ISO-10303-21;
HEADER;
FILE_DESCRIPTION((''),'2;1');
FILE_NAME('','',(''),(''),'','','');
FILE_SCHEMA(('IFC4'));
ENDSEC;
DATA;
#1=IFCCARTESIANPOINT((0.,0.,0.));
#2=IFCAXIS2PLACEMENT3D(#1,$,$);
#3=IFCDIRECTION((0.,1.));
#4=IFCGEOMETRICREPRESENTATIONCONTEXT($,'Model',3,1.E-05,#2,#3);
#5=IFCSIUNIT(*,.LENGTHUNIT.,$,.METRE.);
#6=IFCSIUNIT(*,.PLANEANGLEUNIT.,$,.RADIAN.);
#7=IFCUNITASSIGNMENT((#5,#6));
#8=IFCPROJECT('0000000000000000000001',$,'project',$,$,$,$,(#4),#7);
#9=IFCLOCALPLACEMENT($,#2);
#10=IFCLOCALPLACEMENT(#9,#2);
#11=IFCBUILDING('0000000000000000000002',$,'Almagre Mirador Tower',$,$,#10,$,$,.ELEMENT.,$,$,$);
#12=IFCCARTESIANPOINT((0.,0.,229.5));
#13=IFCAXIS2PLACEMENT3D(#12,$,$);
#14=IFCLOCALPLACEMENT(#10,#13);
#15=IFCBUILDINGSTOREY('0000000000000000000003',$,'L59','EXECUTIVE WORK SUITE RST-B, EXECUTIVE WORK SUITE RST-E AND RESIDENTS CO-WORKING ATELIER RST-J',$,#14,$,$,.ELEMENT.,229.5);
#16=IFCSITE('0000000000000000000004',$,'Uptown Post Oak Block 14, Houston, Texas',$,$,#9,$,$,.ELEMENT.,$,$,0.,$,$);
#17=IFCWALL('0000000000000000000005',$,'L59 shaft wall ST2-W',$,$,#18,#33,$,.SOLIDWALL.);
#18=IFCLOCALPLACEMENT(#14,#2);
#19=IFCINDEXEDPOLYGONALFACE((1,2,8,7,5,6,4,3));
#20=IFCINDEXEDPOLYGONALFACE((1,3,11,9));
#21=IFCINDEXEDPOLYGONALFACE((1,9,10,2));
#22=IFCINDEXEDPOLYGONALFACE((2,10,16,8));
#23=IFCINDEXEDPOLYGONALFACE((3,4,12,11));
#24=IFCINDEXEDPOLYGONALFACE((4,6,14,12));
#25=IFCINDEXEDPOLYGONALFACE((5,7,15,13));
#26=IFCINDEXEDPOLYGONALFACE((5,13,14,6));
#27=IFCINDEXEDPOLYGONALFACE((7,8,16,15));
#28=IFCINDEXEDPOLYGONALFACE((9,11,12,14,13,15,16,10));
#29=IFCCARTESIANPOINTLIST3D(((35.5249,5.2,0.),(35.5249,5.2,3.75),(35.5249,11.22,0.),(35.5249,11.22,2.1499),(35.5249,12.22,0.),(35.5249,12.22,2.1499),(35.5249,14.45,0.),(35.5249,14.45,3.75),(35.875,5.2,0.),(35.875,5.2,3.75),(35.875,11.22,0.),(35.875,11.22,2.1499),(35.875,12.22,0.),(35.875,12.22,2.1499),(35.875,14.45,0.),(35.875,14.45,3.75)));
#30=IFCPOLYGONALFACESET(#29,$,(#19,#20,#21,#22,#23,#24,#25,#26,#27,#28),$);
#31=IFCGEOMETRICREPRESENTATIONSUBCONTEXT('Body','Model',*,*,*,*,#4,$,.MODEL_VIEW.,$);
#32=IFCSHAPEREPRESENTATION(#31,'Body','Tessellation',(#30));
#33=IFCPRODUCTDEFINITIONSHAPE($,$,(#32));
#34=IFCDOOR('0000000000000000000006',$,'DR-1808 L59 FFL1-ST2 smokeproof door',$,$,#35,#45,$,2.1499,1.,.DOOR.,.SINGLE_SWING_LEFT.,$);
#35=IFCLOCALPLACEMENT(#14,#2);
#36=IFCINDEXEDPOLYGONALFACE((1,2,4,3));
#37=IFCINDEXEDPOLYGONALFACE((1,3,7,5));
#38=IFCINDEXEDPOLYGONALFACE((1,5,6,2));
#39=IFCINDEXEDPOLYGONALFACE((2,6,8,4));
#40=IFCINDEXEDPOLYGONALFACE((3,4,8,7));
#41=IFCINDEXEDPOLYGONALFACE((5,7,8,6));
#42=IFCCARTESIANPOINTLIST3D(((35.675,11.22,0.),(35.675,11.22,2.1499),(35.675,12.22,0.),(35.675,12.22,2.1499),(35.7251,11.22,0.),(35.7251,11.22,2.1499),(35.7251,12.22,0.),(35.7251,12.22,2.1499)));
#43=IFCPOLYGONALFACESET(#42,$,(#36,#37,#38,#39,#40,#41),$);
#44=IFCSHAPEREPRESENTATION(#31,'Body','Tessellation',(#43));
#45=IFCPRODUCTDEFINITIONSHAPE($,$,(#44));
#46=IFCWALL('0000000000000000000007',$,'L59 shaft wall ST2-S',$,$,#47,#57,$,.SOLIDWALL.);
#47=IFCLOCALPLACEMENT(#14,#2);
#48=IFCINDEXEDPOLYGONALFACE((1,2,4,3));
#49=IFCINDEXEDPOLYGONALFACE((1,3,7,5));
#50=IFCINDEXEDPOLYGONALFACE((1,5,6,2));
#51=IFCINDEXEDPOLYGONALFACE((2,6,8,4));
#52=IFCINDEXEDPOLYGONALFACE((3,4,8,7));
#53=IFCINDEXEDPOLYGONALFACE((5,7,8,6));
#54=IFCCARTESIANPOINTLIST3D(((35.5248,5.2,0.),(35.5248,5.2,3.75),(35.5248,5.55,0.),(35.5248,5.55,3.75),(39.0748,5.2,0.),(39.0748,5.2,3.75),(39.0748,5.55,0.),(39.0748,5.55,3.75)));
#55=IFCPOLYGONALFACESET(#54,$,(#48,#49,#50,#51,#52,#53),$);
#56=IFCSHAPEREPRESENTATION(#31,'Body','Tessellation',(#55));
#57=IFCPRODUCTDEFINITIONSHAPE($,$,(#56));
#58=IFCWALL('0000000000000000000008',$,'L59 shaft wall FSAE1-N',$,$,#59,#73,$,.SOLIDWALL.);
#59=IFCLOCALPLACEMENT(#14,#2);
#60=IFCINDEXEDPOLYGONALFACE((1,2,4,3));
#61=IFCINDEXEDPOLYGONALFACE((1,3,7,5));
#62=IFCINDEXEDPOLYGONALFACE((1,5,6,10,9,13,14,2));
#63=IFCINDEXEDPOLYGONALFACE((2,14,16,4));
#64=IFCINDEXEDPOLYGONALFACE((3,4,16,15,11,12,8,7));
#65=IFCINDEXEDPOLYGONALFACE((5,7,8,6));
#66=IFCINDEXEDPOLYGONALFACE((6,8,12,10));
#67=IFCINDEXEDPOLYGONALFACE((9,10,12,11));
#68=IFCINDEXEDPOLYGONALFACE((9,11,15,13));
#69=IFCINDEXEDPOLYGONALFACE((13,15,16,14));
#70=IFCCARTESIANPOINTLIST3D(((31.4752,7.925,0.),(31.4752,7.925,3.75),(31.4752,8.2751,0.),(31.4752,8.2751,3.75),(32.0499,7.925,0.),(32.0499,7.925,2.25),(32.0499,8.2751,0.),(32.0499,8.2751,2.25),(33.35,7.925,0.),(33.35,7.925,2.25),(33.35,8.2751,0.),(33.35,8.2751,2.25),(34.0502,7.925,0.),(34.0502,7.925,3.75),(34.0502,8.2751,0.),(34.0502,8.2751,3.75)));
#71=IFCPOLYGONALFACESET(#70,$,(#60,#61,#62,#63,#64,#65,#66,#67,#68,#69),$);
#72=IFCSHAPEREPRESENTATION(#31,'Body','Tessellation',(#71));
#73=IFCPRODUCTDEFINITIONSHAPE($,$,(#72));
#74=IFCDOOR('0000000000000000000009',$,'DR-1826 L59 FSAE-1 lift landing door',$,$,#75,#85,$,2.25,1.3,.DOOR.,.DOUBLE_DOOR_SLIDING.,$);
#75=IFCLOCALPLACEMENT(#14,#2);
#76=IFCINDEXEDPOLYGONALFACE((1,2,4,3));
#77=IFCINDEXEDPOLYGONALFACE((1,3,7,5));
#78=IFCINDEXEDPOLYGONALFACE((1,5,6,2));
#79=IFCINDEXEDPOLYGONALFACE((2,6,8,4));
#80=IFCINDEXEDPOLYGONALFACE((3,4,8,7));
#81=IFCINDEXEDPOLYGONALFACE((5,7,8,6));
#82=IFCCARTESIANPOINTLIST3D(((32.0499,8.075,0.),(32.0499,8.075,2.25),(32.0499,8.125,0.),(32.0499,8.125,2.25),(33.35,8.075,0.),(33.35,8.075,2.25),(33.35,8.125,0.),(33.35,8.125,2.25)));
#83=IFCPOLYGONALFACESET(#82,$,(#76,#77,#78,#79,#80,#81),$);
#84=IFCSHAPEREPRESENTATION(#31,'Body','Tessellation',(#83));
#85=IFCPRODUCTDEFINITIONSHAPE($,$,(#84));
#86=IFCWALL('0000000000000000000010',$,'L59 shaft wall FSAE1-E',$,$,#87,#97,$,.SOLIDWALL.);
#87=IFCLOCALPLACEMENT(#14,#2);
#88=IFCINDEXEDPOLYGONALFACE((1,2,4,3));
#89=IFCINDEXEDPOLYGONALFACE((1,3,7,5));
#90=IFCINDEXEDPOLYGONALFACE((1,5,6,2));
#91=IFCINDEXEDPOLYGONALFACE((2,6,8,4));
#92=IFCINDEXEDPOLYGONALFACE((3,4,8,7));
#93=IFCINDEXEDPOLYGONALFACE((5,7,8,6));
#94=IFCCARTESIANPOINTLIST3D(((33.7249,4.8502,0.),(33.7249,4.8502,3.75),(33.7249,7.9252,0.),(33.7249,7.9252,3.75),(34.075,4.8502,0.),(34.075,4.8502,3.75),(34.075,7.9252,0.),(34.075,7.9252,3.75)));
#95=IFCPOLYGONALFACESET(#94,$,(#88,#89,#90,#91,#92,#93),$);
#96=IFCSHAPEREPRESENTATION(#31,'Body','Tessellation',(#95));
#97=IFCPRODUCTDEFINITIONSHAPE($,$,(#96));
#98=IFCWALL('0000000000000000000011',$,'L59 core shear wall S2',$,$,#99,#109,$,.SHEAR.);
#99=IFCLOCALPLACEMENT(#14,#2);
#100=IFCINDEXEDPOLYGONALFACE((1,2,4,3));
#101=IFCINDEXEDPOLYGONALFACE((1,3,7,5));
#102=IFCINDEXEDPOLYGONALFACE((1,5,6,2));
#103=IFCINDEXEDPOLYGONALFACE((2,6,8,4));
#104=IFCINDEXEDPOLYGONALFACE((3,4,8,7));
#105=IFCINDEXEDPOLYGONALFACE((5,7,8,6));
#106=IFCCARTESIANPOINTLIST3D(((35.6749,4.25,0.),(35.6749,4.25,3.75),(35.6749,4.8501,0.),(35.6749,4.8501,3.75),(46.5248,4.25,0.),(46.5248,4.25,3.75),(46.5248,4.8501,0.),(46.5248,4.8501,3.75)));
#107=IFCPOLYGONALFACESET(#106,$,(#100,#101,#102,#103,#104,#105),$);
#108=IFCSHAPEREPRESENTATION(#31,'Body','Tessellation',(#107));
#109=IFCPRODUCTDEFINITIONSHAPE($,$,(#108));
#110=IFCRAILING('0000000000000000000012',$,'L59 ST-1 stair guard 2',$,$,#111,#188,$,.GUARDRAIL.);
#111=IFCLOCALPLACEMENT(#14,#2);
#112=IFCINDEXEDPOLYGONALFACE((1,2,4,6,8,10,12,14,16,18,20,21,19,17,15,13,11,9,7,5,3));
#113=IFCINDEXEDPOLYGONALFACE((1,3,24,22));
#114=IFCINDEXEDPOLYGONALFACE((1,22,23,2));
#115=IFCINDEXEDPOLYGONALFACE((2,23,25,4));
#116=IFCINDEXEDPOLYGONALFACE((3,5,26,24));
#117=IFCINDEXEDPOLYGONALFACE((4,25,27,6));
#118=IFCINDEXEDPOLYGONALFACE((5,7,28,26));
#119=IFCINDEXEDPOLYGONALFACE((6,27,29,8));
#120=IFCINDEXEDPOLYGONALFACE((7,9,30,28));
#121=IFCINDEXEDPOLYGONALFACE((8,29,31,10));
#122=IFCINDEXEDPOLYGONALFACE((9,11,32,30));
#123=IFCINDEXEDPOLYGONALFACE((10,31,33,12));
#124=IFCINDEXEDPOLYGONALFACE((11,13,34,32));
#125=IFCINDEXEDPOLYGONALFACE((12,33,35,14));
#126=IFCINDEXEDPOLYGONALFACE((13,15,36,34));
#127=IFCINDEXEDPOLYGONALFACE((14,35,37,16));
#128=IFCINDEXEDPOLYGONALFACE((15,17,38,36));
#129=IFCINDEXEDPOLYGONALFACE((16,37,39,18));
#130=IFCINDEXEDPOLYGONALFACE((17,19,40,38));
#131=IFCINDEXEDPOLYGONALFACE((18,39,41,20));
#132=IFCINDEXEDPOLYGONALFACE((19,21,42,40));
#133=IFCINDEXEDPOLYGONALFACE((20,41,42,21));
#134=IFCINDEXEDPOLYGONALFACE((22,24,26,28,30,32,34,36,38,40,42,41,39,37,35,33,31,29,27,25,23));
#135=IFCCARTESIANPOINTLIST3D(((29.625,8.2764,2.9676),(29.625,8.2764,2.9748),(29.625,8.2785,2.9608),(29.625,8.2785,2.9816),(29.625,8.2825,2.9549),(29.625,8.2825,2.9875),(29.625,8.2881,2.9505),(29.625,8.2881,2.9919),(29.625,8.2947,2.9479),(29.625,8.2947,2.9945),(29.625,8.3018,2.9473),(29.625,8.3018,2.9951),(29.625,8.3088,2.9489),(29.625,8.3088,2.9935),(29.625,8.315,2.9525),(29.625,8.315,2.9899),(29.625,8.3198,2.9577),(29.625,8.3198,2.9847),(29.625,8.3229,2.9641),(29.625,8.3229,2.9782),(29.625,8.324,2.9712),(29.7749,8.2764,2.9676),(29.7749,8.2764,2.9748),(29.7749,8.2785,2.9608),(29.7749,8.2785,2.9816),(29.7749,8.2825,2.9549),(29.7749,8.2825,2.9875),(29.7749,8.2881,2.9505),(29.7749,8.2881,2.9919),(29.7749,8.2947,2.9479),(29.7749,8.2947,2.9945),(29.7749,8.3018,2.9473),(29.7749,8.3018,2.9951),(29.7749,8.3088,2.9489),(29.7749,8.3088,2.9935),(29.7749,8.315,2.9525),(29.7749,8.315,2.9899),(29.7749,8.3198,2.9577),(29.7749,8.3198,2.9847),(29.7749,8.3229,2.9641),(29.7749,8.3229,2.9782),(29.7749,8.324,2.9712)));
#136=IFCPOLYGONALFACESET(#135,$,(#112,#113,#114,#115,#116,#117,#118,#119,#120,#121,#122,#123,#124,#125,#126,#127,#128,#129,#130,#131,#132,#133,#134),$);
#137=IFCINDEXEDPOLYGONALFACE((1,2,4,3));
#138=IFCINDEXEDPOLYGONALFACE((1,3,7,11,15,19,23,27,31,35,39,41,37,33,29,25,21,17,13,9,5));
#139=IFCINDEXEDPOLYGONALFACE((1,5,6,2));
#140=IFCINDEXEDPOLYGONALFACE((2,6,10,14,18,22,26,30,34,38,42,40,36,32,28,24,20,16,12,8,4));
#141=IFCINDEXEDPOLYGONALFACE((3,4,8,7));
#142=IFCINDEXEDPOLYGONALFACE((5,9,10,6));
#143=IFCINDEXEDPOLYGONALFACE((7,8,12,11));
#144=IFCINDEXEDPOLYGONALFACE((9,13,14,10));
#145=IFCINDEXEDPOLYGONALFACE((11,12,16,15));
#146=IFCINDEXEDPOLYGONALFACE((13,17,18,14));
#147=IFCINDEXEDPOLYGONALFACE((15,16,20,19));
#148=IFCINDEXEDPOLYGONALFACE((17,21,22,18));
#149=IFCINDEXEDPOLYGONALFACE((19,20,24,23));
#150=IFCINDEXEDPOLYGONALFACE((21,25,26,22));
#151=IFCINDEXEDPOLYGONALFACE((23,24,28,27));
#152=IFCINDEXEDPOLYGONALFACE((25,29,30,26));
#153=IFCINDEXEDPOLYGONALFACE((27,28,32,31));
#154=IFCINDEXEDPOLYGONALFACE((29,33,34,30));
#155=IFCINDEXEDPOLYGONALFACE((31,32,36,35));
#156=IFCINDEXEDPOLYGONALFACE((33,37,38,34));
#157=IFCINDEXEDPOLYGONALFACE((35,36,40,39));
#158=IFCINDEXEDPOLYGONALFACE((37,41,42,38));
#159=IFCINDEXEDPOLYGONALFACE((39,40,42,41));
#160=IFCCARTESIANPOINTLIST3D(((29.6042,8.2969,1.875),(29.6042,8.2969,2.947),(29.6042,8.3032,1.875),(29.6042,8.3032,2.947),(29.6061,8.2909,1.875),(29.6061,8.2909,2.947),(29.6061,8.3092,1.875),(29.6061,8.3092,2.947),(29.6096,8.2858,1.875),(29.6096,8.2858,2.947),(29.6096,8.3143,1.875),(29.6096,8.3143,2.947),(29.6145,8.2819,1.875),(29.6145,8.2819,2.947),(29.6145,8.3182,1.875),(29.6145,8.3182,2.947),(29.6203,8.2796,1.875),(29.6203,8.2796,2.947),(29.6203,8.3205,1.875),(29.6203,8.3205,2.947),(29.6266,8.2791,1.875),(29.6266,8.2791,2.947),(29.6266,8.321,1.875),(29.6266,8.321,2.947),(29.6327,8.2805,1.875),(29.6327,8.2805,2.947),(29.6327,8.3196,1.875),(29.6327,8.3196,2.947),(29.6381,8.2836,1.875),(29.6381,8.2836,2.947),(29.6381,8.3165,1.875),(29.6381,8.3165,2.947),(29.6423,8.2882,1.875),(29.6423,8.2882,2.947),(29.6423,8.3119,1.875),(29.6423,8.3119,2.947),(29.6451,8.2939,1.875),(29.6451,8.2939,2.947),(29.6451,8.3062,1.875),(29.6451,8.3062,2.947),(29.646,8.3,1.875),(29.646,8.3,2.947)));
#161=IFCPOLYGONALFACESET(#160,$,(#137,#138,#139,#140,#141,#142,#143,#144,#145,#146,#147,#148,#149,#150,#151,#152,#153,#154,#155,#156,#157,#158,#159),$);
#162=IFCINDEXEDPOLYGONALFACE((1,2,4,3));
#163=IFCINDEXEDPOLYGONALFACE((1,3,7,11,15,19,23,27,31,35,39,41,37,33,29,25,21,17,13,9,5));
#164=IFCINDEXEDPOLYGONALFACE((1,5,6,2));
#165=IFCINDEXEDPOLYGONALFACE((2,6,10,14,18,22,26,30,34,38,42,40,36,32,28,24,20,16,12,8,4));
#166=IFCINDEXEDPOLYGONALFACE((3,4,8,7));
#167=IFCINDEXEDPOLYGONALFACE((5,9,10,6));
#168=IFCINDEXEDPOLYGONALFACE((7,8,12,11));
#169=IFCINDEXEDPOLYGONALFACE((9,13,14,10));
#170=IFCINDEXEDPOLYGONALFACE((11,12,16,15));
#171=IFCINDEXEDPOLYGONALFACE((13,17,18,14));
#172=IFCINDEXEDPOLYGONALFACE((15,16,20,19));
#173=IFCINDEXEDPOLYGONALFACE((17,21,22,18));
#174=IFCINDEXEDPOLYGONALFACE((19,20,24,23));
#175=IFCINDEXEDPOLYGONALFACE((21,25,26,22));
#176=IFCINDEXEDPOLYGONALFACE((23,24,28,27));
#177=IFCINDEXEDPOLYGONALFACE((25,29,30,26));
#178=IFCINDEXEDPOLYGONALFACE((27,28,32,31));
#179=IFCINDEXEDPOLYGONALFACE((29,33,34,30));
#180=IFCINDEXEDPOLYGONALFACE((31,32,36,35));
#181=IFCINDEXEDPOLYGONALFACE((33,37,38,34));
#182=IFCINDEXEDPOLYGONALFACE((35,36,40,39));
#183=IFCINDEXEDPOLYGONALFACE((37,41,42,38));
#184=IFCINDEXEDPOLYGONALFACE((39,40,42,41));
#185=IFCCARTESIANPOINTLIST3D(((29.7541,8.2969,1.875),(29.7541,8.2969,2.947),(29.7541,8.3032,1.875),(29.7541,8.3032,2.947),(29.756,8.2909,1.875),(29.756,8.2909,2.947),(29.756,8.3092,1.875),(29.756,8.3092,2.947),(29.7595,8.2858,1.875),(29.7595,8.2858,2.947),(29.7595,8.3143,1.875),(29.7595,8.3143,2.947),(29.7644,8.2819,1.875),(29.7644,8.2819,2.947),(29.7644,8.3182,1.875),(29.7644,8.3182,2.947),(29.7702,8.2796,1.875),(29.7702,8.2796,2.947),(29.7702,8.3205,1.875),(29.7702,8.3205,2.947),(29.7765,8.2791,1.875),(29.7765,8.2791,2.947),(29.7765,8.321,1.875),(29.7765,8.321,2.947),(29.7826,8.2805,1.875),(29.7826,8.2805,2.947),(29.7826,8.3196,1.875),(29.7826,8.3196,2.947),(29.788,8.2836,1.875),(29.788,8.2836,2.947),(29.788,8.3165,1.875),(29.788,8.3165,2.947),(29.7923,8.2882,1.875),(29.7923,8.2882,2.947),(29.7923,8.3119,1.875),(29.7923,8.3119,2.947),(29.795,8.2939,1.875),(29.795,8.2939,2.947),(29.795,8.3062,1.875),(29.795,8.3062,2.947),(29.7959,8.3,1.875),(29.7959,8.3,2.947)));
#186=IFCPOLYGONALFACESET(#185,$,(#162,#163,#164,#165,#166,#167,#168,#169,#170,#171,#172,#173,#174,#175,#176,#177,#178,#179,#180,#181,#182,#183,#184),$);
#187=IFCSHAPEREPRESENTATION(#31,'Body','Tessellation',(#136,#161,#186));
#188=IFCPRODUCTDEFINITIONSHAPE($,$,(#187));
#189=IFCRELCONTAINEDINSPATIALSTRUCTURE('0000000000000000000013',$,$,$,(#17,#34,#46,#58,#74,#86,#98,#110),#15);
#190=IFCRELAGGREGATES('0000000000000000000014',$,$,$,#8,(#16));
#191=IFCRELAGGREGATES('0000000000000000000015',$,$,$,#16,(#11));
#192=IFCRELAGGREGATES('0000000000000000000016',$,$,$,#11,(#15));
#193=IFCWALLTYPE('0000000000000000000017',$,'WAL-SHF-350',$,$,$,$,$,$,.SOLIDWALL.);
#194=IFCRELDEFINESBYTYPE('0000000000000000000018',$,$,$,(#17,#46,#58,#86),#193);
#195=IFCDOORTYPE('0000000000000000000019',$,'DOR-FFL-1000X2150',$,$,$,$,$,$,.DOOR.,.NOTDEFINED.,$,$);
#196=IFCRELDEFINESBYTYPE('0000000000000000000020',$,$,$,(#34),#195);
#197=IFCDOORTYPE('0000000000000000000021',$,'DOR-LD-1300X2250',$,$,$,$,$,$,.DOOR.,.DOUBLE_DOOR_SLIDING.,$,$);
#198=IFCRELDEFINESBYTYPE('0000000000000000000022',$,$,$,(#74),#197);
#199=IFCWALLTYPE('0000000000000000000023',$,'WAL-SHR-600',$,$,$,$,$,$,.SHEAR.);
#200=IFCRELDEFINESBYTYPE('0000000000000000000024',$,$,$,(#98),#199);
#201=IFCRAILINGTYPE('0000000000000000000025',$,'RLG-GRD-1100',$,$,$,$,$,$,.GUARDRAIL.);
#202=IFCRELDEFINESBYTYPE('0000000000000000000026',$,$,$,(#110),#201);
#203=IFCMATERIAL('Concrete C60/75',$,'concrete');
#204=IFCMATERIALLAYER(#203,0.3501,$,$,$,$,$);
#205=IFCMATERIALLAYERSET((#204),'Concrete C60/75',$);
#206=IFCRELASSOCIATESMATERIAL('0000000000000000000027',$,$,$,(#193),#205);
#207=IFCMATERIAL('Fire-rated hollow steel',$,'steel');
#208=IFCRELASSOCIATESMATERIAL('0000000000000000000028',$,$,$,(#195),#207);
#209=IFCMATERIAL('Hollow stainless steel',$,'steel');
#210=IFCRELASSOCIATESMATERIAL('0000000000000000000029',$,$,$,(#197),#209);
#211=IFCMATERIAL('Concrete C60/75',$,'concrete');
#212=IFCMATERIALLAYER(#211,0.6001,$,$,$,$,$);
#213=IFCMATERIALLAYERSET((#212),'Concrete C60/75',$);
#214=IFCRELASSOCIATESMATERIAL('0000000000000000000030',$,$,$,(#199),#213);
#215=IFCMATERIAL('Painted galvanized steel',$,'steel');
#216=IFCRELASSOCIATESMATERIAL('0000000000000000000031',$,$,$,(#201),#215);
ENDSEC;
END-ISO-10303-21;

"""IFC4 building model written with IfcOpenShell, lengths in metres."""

from ifc_helpers import new_model, si_unit, direction, frame, frame_2d, origin, origin_2d, place, context, subcontext, project, spatial, rectangle, circle, extrude, material, layer, layer_set, type_object, element, fill, save


model = new_model("IFC4")

# Units and contexts
model_context = context("Model", 3, precision=1e-05, world=origin(), true_north=direction((0.0, 1.0)))
body_context = subcontext(model_context, "Body", "Model", "MODEL_VIEW")
ifc_project = project(units=[si_unit("LENGTHUNIT", "METRE"), si_unit("PLANEANGLEUNIT", "RADIAN")], contexts=[model_context])

# Site, building, storey
site_placement = place(None, origin())
site = spatial("IfcSite", under=ifc_project, at=site_placement, Name="Uptown Post Oak Block 14, Houston, Texas", CompositionType="ELEMENT", RefElevation=0.0)
building_placement = place(site_placement, origin())
building = spatial("IfcBuilding", under=site, at=building_placement, Name="Almagre Mirador Tower", CompositionType="ELEMENT")
storey_placement = place(building_placement, frame((0.0, 0.0, 229.5)))
storey = spatial("IfcBuildingStorey", under=building, at=storey_placement, Name="L59", Description="EXECUTIVE WORK SUITE RST-B, EXECUTIVE WORK SUITE RST-E AND RESIDENTS CO-WORKING ATELIER RST-J", CompositionType="ELEMENT", Elevation=229.5)

# Shared definitions
ifc_material_1 = material(Name="Concrete C60/75", Category="concrete")
ifc_layer_1 = layer(ifc_material_1, 0.3501)
ifc_layer_set_1 = layer_set([ifc_layer_1], Name="Concrete C60/75")
wall_type_1 = type_object("IfcWallType", Name="WAL-SHF-350", PredefinedType="SOLIDWALL", material=ifc_layer_set_1)

# Wall, opening, door
ifc_material_2 = material(Name="Fire-rated hollow steel", Category="steel")
door_type_1 = type_object("IfcDoorType", Name="DOR-FFL-1000X2150", OperationType="NOTDEFINED", PredefinedType="DOOR", material=ifc_material_2)
wall_1_placement = place(storey_placement, frame((35.7, 5.2, 0.0), z_axis=(0.0, 0.0, 1.0), x_axis=(0.0, 1.0, 0.0)))
wall_1 = element("IfcWall", 1, at=wall_1_placement, inside=storey, type_object=wall_type_1, Name="L59 shaft wall ST2-W", PredefinedType="SOLIDWALL", context=body_context, shape_type="SweptSolid", body=[
    extrude(rectangle(XDim=9.25, YDim=0.3501, at=frame_2d((4.625, 0.0))), origin(), (0.0, 0.0, 1.0), 3.75),
])
opening_1_placement = place(wall_1_placement, frame((6.02, 0.0, 0.0)))
opening_1 = element("IfcOpeningElement", 2, at=opening_1_placement, cuts=wall_1, PredefinedType="OPENING", context=body_context, shape_type="SweptSolid", body=[
    extrude(rectangle(XDim=1.0, YDim=2.1499, at=frame_2d((0.5, 1.075))), frame((0.0, 0.185, 0.0), z_axis=(0.0, -1.0, 0.0), x_axis=(1.0, 0.0, 0.0)), (0.0, 0.0, 1.0), 0.3701),
])
door_1_placement = place(opening_1_placement, origin())
door_1 = element("IfcDoor", 3, at=door_1_placement, inside=storey, type_object=door_type_1, Name="DR-1808 L59 FFL1-ST2 smokeproof door", OperationType="SINGLE_SWING_LEFT", OverallHeight=2.1499, OverallWidth=1.0, PredefinedType="DOOR", context=body_context, shape_type="SweptSolid", body=[
    extrude(rectangle(XDim=1.0, YDim=2.1499, at=frame_2d((0.5, 1.075))), frame((0.0, 0.0249, 0.0), z_axis=(0.0, -1.0, 0.0), x_axis=(1.0, 0.0, 0.0)), (0.0, 0.0, 1.0), 0.05),
])
fill(opening_1, door_1)

# Wall
wall_2_placement = place(storey_placement, frame((35.5249, 5.375, 0.0), z_axis=(0.0, 0.0, 1.0), x_axis=(1.0, 0.0, 0.0)))
element("IfcWall", 4, at=wall_2_placement, inside=storey, type_object=wall_type_1, Name="L59 shaft wall ST2-S", PredefinedType="SOLIDWALL", context=body_context, shape_type="SweptSolid", body=[
    extrude(rectangle(XDim=3.55, YDim=0.3501, at=frame_2d((1.7749, 0.0))), origin(), (0.0, 0.0, 1.0), 3.75),
])

# Wall, opening, door
wall_3_placement = place(storey_placement, frame((31.4751, 8.1001, 0.0), z_axis=(0.0, 0.0, 1.0), x_axis=(1.0, 0.0, 0.0)))
wall_3 = element("IfcWall", 5, at=wall_3_placement, inside=storey, type_object=wall_type_1, Name="L59 shaft wall FSAE1-N", PredefinedType="SOLIDWALL", context=body_context, shape_type="SweptSolid", body=[
    extrude(rectangle(XDim=2.575, YDim=0.3501, at=frame_2d((1.2876, 0.0))), origin(), (0.0, 0.0, 1.0), 3.75),
])
opening_2_placement = place(wall_3_placement, frame((0.575, 0.0, 0.0)))
opening_2 = element("IfcOpeningElement", 6, at=opening_2_placement, cuts=wall_3, PredefinedType="OPENING", context=body_context, shape_type="SweptSolid", body=[
    extrude(rectangle(XDim=1.3, YDim=2.25, at=frame_2d((0.6499, 1.125))), frame((0.0, 0.185, 0.0), z_axis=(0.0, -1.0, 0.0), x_axis=(1.0, 0.0, 0.0)), (0.0, 0.0, 1.0), 0.3701),
])
ifc_material_3 = material(Name="Hollow stainless steel", Category="steel")
door_type_2 = type_object("IfcDoorType", Name="DOR-LD-1300X2250", OperationType="DOUBLE_DOOR_SLIDING", PredefinedType="DOOR", material=ifc_material_3)
door_2_placement = place(opening_2_placement, origin())
door_2 = element("IfcDoor", 7, at=door_2_placement, inside=storey, type_object=door_type_2, Name="DR-1826 L59 FSAE-1 lift landing door", OperationType="DOUBLE_DOOR_SLIDING", OverallHeight=2.25, OverallWidth=1.3, PredefinedType="DOOR", context=body_context, shape_type="SweptSolid", body=[
    extrude(rectangle(XDim=1.3, YDim=2.25, at=frame_2d((0.6499, 1.125))), frame((0.0, 0.0249, 0.0), z_axis=(0.0, -1.0, 0.0), x_axis=(1.0, 0.0, 0.0)), (0.0, 0.0, 1.0), 0.05),
])
fill(opening_2, door_2)

# Walls
wall_4_placement = place(storey_placement, frame((33.8999, 4.8501, 0.0), z_axis=(0.0, 0.0, 1.0), x_axis=(0.0, 1.0, 0.0)))
element("IfcWall", 8, at=wall_4_placement, inside=storey, type_object=wall_type_1, Name="L59 shaft wall FSAE1-E", PredefinedType="SOLIDWALL", context=body_context, shape_type="SweptSolid", body=[
    extrude(rectangle(XDim=3.075, YDim=0.3501, at=frame_2d((1.5376, 0.0))), origin(), (0.0, 0.0, 1.0), 3.75),
])
ifc_material_4 = material(Name="Concrete C60/75", Category="concrete")
ifc_layer_2 = layer(ifc_material_4, 0.6001)
ifc_layer_set_2 = layer_set([ifc_layer_2], Name="Concrete C60/75")
wall_type_2 = type_object("IfcWallType", Name="WAL-SHR-600", PredefinedType="SHEAR", material=ifc_layer_set_2)
wall_5_placement = place(storey_placement, frame((35.675, 4.55, 0.0), z_axis=(0.0, 0.0, 1.0), x_axis=(1.0, 0.0, 0.0)))
element("IfcWall", 9, at=wall_5_placement, inside=storey, type_object=wall_type_2, Name="L59 core shear wall S2", PredefinedType="SHEAR", context=body_context, shape_type="SweptSolid", body=[
    extrude(rectangle(XDim=10.8499, YDim=0.6001, at=frame_2d((5.4248, 0.0))), origin(), (0.0, 0.0, 1.0), 3.75),
])

# Railing
ifc_material_5 = material(Name="Painted galvanized steel", Category="steel")
railing_type = type_object("IfcRailingType", Name="RLG-GRD-1100", PredefinedType="GUARDRAIL", material=ifc_material_5)
railing_1_placement = place(storey_placement, frame((29.625, 8.3, 1.875)))
element("IfcRailing", 10, at=railing_1_placement, inside=storey, type_object=railing_type, Name="L59 ST-1 stair guard 2", PredefinedType="GUARDRAIL", context=body_context, shape_type="SweptSolid", body=[
    extrude(circle(Radius=0.0239, at=origin_2d()), frame((0.0, 0.0, 1.0962), z_axis=(1.0, 0.0, 0.0), x_axis=(0.0, 1.0, 0.0)), (0.0, 0.0, 1.0), 0.1499),
    extrude(circle(Radius=0.021, at=origin_2d()), origin(), (0.0, 0.0, 1.0), 1.072),
    extrude(circle(Radius=0.021, at=origin_2d()), frame((0.1499, 0.0, 0.0)), (0.0, 0.0, 1.0), 1.072),
])

save(model, "model.ifc")
